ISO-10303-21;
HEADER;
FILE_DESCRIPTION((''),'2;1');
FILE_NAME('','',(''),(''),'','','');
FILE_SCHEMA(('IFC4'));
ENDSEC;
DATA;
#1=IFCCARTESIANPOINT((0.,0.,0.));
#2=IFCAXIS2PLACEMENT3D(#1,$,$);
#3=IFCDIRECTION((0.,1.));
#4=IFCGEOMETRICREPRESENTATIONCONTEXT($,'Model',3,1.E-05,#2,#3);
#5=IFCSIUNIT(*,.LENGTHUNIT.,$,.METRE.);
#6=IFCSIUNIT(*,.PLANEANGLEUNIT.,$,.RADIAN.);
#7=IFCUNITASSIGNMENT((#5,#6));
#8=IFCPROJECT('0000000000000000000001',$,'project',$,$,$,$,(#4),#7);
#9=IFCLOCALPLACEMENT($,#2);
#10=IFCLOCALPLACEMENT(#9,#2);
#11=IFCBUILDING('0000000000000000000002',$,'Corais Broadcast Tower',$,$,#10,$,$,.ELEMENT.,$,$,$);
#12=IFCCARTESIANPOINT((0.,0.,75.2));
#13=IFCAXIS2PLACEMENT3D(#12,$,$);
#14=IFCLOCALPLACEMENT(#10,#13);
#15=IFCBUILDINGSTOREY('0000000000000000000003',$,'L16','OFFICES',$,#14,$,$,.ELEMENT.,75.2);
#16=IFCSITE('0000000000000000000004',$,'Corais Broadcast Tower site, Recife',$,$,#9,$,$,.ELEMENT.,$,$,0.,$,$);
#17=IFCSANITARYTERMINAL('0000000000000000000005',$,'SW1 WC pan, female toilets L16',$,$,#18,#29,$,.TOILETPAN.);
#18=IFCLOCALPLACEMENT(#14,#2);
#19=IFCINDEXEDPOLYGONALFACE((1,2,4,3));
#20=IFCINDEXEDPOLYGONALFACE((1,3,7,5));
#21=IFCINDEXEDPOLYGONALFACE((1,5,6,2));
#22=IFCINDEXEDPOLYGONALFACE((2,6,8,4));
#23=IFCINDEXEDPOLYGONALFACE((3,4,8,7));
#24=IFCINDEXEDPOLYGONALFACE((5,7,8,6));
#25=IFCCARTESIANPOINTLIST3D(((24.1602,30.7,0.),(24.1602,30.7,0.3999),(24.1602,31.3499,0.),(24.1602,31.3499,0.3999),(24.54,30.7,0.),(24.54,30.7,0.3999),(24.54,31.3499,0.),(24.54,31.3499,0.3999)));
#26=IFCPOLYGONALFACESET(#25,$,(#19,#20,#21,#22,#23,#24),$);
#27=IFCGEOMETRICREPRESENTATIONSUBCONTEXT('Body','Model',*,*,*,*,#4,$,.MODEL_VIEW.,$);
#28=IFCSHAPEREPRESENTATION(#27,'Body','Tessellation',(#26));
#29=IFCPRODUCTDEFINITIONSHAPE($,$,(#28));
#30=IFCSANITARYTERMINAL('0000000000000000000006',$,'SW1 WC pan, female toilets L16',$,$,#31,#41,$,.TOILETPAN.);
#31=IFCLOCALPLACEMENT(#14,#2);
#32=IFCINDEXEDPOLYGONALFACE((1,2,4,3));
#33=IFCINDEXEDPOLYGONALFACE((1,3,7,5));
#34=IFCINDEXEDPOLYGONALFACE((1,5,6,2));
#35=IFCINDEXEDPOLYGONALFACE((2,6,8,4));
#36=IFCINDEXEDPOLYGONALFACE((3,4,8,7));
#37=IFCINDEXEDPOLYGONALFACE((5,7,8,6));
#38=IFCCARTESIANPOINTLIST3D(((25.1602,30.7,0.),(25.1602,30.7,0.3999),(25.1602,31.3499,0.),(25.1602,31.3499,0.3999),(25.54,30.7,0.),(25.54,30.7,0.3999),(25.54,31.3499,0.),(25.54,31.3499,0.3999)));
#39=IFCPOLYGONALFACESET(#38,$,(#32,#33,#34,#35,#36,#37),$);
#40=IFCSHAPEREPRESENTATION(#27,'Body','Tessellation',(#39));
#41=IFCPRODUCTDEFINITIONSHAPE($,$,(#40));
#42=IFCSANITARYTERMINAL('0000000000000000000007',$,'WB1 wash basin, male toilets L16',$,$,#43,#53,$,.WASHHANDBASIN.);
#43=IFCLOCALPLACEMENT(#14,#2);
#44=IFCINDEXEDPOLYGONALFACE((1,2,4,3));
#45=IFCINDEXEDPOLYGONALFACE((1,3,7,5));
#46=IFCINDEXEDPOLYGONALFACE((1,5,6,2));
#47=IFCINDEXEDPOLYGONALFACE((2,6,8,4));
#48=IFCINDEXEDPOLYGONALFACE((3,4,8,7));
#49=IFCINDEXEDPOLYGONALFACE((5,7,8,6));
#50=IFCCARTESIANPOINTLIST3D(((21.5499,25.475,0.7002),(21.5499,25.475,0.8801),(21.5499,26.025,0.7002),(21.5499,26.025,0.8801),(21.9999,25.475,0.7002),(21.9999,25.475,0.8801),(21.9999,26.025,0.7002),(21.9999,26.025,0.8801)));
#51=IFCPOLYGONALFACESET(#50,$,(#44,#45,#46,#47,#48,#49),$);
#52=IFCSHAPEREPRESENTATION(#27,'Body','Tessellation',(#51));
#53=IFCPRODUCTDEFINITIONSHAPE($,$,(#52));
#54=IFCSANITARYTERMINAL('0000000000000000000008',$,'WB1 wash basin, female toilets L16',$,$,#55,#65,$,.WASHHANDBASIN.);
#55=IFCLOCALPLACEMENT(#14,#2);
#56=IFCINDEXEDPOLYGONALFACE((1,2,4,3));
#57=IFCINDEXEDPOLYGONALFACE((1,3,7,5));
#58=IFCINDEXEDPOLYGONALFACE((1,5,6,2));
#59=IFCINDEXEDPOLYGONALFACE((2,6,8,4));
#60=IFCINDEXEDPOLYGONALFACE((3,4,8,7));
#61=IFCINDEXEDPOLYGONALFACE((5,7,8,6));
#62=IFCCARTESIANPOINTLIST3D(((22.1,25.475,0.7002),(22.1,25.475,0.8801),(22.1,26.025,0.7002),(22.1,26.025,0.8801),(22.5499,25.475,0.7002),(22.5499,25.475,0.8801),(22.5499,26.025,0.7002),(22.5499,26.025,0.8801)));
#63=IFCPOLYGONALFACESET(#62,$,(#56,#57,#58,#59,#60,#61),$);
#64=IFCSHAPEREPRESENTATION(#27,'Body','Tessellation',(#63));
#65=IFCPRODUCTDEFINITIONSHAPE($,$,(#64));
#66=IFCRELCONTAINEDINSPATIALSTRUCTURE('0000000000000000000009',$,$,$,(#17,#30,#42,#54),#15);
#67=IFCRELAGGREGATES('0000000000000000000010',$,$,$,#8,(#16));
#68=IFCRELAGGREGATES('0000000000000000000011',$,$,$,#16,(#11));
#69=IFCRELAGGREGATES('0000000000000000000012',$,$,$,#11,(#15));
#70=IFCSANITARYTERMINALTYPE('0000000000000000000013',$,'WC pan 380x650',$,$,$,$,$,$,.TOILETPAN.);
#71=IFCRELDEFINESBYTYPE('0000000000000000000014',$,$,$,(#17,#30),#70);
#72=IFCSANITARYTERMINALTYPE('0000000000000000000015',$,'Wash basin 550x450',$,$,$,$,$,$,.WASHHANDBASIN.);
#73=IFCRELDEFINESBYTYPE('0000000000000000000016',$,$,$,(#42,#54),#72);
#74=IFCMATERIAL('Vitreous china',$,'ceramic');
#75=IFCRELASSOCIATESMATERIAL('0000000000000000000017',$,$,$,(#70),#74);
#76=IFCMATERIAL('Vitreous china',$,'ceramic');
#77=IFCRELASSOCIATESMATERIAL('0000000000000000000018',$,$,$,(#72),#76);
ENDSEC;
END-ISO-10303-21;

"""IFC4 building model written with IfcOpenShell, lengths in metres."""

from ifc_helpers import new_model, si_unit, direction, frame, origin, origin_2d, place, context, subcontext, project, spatial, rectangle, extrude, material, type_object, element, save


model = new_model("IFC4")

# Units and contexts
model_context = context("Model", 3, precision=1e-05, world=origin(), true_north=direction((0.0, 1.0)))
body_context = subcontext(model_context, "Body", "Model", "MODEL_VIEW")
ifc_project = project(units=[si_unit("LENGTHUNIT", "METRE"), si_unit("PLANEANGLEUNIT", "RADIAN")], contexts=[model_context])

# Site, building, storey
site_placement = place(None, origin())
site = spatial("IfcSite", under=ifc_project, at=site_placement, Name="Corais Broadcast Tower site, Recife", CompositionType="ELEMENT", RefElevation=0.0)
building_placement = place(site_placement, origin())
building = spatial("IfcBuilding", under=site, at=building_placement, Name="Corais Broadcast Tower", CompositionType="ELEMENT")
storey_placement = place(building_placement, frame((0.0, 0.0, 75.2)))
storey = spatial("IfcBuildingStorey", under=building, at=storey_placement, Name="L16", Description="OFFICES", CompositionType="ELEMENT", Elevation=75.2)

# Sanitary terminals
ifc_material_1 = material(Name="Vitreous china", Category="ceramic")
sanitary_terminal_type_1 = type_object("IfcSanitaryTerminalType", Name="WC pan 380x650", PredefinedType="TOILETPAN", material=ifc_material_1)
for number, where, z_axis, x_axis, name in (
    (1, (24.3501, 31.0249, 0.0), (0.0, 0.0, 1.0), (1.0, 0.0, 0.0), "SW1 WC pan, female toilets L16"),
    (2, (25.3501, 31.0249, 0.0), (0.0, 0.0, 1.0), (1.0, 0.0, 0.0), "SW1 WC pan, female toilets L16"),
):
    element("IfcSanitaryTerminal", number, at=place(storey_placement, frame(where, z_axis=z_axis, x_axis=x_axis)), inside=storey, type_object=sanitary_terminal_type_1, Name=name, PredefinedType="TOILETPAN", context=body_context, shape_type="SweptSolid", body=[
        extrude(rectangle(XDim=0.3799, YDim=0.6499, at=origin_2d()), origin(), (0.0, 0.0, 1.0), 0.3999),
    ])
ifc_material_2 = material(Name="Vitreous china", Category="ceramic")
sanitary_terminal_type_2 = type_object("IfcSanitaryTerminalType", Name="Wash basin 550x450", PredefinedType="WASHHANDBASIN", material=ifc_material_2)
for number, where, z_axis, x_axis, name in (
    (3, (21.7749, 25.75, 0.7002), (0.0, 0.0, 1.0), (1.0, 0.0, 0.0), "WB1 wash basin, male toilets L16"),
    (4, (22.325, 25.75, 0.7002), (0.0, 0.0, 1.0), (1.0, 0.0, 0.0), "WB1 wash basin, female toilets L16"),
):
    element("IfcSanitaryTerminal", number, at=place(storey_placement, frame(where, z_axis=z_axis, x_axis=x_axis)), inside=storey, type_object=sanitary_terminal_type_2, Name=name, PredefinedType="WASHHANDBASIN", context=body_context, shape_type="SweptSolid", body=[
        extrude(rectangle(XDim=0.45, YDim=0.55, at=origin_2d()), origin(), (0.0, 0.0, 1.0), 0.1799),
    ])

save(model, "model.ifc")
